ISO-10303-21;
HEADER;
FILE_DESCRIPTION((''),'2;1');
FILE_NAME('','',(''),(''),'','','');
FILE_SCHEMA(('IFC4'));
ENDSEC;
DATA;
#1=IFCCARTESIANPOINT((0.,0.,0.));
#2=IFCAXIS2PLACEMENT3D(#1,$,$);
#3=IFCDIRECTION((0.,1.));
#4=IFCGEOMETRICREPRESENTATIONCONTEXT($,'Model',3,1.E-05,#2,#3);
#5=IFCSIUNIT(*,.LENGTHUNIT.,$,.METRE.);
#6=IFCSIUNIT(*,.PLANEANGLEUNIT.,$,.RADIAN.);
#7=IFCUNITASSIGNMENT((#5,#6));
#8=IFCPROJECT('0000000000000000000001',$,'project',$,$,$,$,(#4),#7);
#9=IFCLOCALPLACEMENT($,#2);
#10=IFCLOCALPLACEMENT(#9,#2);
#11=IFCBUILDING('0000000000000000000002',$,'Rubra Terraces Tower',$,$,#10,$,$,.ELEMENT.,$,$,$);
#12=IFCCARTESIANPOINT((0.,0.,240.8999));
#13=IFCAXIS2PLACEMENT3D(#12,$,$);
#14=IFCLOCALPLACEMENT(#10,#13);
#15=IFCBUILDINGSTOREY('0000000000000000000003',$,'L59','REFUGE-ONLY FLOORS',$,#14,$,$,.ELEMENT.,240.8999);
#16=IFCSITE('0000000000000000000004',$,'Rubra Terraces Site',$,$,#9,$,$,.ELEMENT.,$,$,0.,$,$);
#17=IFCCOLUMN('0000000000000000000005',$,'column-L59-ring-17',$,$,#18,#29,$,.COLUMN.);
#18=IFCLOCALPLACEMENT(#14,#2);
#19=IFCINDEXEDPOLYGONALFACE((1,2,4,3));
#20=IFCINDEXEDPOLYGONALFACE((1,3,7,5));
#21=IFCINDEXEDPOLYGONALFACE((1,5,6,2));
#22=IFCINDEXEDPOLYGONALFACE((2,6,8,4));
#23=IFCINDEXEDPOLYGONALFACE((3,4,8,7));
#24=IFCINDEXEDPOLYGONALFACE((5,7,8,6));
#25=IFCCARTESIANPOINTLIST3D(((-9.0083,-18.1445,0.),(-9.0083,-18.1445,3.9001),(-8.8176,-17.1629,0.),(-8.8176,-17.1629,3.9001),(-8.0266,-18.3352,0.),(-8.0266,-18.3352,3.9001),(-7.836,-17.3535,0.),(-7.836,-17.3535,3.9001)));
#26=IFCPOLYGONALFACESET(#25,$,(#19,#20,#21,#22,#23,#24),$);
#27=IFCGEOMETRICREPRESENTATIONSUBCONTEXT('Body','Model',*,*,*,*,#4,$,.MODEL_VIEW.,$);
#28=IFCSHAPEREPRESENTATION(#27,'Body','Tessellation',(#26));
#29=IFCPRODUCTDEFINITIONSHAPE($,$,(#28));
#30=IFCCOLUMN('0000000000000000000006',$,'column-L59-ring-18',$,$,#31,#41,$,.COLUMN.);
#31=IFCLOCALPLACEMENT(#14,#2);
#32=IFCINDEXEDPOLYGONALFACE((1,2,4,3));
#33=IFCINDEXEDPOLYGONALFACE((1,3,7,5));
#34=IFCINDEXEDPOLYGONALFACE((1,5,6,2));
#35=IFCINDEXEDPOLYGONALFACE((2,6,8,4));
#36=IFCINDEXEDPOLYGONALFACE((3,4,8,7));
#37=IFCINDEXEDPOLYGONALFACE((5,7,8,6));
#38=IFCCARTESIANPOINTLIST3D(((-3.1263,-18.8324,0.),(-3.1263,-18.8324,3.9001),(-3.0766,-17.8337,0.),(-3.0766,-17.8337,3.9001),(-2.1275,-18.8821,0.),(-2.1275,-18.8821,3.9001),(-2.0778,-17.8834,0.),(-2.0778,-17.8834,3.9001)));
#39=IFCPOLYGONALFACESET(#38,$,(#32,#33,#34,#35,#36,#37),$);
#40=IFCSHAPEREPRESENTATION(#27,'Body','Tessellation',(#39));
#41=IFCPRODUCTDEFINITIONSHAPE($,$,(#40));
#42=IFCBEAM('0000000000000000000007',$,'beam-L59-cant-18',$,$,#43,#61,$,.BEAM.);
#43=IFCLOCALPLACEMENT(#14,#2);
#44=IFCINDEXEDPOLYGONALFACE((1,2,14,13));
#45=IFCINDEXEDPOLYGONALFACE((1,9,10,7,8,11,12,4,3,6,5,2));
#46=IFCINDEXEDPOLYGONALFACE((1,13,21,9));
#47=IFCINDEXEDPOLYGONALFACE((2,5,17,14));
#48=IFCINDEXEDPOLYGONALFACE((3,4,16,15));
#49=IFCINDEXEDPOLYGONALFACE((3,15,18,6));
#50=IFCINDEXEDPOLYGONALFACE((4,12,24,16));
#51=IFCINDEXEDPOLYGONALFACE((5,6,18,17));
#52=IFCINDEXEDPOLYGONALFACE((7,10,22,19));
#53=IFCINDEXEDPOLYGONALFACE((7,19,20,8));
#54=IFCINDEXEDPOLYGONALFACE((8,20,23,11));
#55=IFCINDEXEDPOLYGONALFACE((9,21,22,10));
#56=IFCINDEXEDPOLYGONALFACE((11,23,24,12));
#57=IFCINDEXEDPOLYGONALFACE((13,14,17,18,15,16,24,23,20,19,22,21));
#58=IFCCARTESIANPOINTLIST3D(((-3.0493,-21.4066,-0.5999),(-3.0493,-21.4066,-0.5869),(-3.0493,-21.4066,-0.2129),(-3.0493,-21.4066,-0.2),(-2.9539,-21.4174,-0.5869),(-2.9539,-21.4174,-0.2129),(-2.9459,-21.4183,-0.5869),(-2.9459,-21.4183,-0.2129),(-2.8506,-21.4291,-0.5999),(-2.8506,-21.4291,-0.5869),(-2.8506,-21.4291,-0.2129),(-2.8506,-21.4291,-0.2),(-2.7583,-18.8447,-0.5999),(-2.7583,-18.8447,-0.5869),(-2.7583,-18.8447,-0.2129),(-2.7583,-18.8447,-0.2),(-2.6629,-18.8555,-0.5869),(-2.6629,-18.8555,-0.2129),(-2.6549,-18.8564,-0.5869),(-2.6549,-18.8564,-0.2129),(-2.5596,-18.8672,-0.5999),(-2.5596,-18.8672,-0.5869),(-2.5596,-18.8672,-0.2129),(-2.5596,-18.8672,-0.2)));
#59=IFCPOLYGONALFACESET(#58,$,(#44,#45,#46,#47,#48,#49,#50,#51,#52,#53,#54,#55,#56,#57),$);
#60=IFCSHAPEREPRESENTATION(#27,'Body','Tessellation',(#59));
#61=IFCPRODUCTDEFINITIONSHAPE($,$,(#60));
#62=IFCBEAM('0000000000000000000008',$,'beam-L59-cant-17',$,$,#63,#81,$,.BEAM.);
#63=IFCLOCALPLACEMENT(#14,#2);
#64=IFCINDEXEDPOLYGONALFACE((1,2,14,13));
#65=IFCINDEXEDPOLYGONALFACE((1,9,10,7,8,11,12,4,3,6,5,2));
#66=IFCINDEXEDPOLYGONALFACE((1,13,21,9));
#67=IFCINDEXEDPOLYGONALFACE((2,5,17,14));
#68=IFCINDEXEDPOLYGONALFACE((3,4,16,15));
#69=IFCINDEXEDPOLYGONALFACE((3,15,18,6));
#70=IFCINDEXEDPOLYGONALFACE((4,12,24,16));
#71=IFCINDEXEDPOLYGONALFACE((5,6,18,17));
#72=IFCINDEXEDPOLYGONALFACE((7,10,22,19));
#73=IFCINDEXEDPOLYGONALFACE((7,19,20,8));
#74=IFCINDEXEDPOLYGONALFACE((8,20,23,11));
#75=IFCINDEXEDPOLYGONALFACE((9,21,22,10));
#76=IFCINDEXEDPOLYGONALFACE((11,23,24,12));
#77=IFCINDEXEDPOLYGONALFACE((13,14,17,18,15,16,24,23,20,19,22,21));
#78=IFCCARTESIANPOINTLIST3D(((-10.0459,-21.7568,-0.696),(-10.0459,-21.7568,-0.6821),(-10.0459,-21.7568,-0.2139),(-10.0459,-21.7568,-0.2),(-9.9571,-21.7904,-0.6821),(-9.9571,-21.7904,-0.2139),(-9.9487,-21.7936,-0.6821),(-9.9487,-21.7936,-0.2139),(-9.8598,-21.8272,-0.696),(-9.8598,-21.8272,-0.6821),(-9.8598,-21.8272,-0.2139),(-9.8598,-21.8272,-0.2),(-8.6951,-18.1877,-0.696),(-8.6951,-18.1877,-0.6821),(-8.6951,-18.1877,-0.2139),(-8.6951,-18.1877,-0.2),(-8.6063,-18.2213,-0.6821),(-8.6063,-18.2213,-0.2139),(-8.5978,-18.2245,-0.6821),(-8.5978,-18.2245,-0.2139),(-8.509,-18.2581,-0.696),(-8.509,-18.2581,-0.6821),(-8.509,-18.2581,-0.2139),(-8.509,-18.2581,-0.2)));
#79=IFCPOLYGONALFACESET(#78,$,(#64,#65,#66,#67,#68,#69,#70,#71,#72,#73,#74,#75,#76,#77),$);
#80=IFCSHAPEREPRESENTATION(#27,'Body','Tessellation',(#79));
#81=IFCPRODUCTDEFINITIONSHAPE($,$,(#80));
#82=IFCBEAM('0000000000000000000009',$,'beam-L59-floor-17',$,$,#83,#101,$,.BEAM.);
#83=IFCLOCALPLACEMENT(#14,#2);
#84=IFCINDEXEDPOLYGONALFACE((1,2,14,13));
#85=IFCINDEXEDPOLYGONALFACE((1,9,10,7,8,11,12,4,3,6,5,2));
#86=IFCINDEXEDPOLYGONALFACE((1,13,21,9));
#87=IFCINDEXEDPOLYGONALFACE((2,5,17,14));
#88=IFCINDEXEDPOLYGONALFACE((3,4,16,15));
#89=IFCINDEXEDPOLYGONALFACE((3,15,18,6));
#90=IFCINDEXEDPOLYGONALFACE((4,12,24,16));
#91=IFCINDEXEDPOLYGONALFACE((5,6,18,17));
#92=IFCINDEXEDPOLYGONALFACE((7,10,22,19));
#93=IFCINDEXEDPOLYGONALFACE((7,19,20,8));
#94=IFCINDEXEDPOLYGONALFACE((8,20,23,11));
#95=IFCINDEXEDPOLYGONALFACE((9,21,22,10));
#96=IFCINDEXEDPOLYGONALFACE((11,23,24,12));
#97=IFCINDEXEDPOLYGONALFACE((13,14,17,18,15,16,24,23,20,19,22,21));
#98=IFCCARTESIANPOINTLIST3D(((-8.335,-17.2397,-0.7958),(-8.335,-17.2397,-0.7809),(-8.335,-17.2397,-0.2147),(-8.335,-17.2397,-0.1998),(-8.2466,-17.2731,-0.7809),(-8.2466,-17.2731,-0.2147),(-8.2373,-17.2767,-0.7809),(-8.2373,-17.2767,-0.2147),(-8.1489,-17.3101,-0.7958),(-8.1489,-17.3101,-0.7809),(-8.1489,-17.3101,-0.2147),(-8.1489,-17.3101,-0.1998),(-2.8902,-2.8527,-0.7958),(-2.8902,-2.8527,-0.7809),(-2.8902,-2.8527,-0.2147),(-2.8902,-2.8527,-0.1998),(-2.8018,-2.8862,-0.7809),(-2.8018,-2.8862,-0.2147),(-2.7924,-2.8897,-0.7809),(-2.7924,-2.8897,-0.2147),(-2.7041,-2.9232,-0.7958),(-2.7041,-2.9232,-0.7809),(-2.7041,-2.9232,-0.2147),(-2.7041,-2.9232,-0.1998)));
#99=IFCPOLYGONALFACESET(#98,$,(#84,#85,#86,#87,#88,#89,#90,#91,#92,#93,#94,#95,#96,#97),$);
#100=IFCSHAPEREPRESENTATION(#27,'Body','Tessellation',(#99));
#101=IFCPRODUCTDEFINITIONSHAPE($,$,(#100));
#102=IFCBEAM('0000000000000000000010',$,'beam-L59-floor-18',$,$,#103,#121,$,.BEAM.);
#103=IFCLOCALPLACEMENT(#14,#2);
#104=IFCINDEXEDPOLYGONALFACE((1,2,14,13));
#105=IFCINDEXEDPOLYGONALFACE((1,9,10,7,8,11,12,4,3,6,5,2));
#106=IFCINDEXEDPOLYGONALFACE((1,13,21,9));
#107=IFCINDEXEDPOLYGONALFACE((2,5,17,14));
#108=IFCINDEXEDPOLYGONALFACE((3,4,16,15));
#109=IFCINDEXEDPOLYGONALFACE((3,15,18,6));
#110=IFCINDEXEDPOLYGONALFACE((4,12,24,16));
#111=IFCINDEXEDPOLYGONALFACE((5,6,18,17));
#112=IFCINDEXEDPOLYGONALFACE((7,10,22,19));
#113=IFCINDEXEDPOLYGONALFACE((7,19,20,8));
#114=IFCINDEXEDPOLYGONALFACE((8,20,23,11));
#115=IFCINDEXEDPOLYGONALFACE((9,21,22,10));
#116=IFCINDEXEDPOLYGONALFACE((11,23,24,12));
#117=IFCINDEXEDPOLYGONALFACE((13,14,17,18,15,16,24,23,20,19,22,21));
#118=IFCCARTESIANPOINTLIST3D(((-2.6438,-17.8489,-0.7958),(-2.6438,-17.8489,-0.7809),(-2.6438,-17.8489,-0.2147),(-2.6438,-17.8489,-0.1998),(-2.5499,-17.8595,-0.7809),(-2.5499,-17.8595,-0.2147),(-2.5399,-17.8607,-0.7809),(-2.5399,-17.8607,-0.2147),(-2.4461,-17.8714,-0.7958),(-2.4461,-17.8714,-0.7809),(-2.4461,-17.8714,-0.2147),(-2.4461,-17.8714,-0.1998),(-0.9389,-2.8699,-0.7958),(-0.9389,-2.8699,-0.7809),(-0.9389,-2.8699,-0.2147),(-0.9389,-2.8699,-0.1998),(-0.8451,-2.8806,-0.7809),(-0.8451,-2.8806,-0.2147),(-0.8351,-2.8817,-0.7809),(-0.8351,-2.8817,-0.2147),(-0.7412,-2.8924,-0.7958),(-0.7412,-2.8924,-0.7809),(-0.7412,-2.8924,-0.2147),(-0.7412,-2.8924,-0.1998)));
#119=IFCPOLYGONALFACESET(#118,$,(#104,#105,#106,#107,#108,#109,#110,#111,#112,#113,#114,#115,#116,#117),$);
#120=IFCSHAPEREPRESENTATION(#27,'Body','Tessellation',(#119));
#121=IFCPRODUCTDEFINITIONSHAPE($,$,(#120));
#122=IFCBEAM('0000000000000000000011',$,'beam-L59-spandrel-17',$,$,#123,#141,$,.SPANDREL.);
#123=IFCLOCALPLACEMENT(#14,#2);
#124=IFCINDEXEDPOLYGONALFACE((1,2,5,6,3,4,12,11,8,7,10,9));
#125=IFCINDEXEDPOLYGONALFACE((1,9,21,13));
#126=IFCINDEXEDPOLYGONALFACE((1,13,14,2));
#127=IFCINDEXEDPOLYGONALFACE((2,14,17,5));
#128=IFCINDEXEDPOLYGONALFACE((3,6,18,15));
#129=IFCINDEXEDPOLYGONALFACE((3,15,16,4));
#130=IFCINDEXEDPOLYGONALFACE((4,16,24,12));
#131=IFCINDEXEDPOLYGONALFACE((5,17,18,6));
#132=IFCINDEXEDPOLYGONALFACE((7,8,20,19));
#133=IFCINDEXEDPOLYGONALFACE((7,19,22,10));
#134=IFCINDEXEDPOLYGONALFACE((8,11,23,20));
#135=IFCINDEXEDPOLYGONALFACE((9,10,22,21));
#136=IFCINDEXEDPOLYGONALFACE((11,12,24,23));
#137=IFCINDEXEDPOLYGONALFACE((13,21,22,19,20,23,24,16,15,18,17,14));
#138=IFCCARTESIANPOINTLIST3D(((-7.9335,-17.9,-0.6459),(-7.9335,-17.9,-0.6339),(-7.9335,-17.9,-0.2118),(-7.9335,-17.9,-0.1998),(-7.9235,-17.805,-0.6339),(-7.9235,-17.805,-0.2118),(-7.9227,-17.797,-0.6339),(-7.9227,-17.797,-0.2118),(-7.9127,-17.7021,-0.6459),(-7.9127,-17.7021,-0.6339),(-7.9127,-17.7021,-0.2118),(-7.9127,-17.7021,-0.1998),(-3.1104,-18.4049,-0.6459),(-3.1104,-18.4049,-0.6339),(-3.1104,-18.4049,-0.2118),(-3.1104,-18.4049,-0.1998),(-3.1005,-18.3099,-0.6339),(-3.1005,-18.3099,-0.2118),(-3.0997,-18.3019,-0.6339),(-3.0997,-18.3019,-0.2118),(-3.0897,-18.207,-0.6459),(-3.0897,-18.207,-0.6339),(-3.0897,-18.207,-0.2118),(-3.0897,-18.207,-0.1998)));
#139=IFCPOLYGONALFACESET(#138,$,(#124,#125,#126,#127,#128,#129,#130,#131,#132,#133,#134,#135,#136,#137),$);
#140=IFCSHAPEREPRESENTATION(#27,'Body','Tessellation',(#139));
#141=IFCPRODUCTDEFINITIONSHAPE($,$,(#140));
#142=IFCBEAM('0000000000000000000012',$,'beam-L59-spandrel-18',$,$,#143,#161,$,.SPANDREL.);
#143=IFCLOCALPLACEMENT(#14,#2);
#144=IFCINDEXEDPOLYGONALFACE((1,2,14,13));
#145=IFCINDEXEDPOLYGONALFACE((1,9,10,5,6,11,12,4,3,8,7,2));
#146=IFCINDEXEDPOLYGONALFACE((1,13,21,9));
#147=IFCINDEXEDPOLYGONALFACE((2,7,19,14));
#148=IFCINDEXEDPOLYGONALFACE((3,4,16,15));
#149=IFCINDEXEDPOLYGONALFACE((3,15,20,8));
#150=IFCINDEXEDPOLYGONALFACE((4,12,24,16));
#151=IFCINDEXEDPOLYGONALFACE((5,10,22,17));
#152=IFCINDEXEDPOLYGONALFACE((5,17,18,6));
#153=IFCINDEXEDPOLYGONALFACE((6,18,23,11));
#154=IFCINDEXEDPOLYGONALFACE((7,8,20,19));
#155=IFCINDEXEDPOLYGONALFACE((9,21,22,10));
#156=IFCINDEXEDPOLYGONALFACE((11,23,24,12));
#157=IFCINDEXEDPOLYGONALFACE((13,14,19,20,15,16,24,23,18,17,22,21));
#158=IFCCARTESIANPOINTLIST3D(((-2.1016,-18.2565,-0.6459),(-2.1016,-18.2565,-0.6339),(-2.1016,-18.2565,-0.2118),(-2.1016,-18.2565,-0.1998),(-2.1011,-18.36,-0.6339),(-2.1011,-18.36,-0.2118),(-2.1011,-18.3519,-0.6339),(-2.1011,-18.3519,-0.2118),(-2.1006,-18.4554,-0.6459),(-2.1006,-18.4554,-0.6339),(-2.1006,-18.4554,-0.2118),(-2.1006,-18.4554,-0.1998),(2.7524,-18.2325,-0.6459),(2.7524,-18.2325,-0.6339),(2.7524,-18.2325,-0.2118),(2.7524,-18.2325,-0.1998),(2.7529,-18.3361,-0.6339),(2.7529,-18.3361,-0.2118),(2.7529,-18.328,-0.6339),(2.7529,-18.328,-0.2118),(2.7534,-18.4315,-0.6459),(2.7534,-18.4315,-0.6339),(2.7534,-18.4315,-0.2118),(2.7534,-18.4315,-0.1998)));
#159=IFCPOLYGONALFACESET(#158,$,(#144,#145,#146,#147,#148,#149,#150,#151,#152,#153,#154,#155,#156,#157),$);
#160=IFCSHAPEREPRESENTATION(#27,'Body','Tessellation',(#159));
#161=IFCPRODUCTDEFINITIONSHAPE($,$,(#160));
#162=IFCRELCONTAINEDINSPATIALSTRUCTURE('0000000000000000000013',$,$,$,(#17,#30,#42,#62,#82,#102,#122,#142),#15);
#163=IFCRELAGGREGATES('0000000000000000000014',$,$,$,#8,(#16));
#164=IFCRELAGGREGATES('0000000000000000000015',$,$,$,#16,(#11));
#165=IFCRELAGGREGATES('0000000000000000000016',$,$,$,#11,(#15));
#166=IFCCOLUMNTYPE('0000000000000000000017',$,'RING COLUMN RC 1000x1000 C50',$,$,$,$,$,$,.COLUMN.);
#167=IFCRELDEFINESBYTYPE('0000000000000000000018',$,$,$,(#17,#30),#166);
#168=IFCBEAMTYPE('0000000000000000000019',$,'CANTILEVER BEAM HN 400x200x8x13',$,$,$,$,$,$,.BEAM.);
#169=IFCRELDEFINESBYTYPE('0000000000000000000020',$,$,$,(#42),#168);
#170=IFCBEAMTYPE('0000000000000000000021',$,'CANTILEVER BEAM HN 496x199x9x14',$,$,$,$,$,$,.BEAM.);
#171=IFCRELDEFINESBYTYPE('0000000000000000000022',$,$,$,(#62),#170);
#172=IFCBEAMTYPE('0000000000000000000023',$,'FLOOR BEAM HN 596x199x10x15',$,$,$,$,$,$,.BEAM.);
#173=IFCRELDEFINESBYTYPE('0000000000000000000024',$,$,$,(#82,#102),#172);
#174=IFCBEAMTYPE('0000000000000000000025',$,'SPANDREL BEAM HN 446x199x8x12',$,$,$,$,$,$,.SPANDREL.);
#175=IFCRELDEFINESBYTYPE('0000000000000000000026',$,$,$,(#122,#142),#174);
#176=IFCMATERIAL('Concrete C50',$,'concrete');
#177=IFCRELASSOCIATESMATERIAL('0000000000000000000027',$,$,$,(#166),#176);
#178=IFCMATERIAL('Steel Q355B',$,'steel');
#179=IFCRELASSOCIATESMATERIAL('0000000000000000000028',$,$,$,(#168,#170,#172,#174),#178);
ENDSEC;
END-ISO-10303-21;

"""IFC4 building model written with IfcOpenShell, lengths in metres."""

from ifc_helpers import new_model, si_unit, direction, frame, origin, origin_2d, place, context, subcontext, project, spatial, rectangle, i_section, extrude, material, material_profile, profile_set, type_object, element, save


model = new_model("IFC4")

# Units and contexts
model_context = context("Model", 3, precision=1e-05, world=origin(), true_north=direction((0.0, 1.0)))
body_context = subcontext(model_context, "Body", "Model", "MODEL_VIEW")
ifc_project = project(units=[si_unit("LENGTHUNIT", "METRE"), si_unit("PLANEANGLEUNIT", "RADIAN")], contexts=[model_context])

# Site, building, storey
site_placement = place(None, origin())
site = spatial("IfcSite", under=ifc_project, at=site_placement, Name="Rubra Terraces Site", CompositionType="ELEMENT", RefElevation=0.0)
building_placement = place(site_placement, origin())
building = spatial("IfcBuilding", under=site, at=building_placement, Name="Rubra Terraces Tower", CompositionType="ELEMENT")
storey_placement = place(building_placement, frame((0.0, 0.0, 240.8999)))
storey = spatial("IfcBuildingStorey", under=building, at=storey_placement, Name="L59", Description="REFUGE-ONLY FLOORS", CompositionType="ELEMENT", Elevation=240.8999)

# Columns
ifc_material_1 = material(Name="Concrete C50", Category="concrete")
ifc_material_profile_1 = material_profile(ifc_material_1, rectangle(XDim=1.0, YDim=1.0, at=origin_2d()), Name="RC 1000x1000")
ifc_profile_set_1 = profile_set([ifc_material_profile_1], Name="Concrete C50")
column_type = type_object("IfcColumnType", Name="RING COLUMN RC 1000x1000 C50", PredefinedType="COLUMN", material=ifc_profile_set_1)
for number, where, z_axis, x_axis, name in (
    (1, (-8.4221, -17.749, 0.0), (0.0, 0.0, 1.0), (0.981655, -0.190668, 0.0), "column-L59-ring-17"),
    (2, (-2.6021, -18.3579, 0.0), (0.0, 0.0, 1.0), (0.998764, -0.049699, 0.0), "column-L59-ring-18"),
):
    element("IfcColumn", number, at=place(storey_placement, frame(where, z_axis=z_axis, x_axis=x_axis)), inside=storey, type_object=column_type, Name=name, PredefinedType="COLUMN", context=body_context, shape_type="SweptSolid", body=[
        extrude(rectangle(XDim=1.0, YDim=1.0, at=origin_2d()), origin(), (0.0, 0.0, 1.0), 3.9001),
    ])

# Beams
ifc_material_2 = material(Name="Steel Q355B", Category="steel")
ifc_material_profile_2 = material_profile(ifc_material_2, i_section(OverallWidth=0.2, OverallDepth=0.3999, WebThickness=0.0081, FlangeThickness=0.0129, at=origin_2d()), Name="HN 400x200x8x13")
ifc_profile_set_2 = profile_set([ifc_material_profile_2], Name="Steel Q355B")
beam_type_1 = type_object("IfcBeamType", Name="CANTILEVER BEAM HN 400x200x8x13", PredefinedType="BEAM", material=ifc_profile_set_2)
beam_1_placement = place(storey_placement, frame((-2.6589, -18.856, -0.3999), z_axis=(-0.112863, -0.993611, 0.0), x_axis=(0.993611, -0.112863, 0.0)))
element("IfcBeam", 3, at=beam_1_placement, inside=storey, type_object=beam_type_1, Name="beam-L59-cant-18", PredefinedType="BEAM", context=body_context, shape_type="SweptSolid", body=[
    extrude(i_section(OverallWidth=0.2, OverallDepth=0.3999, WebThickness=0.0081, FlangeThickness=0.0129, at=origin_2d()), origin(), (0.0, 0.0, 1.0), 2.5784),
])
ifc_material_profile_3 = material_profile(ifc_material_2, i_section(OverallWidth=0.199, OverallDepth=0.4961, WebThickness=0.009, FlangeThickness=0.0139, at=origin_2d()), Name="HN 496x199x9x14")
ifc_profile_set_3 = profile_set([ifc_material_profile_3], Name="Steel Q355B")
beam_type_2 = type_object("IfcBeamType", Name="CANTILEVER BEAM HN 496x199x9x14", PredefinedType="BEAM", material=ifc_profile_set_3)
beam_2_placement = place(storey_placement, frame((-8.6021, -18.2229, -0.448), z_axis=(-0.353975, -0.935255, 0.0), x_axis=(0.935255, -0.353975, 0.0)))
element("IfcBeam", 4, at=beam_2_placement, inside=storey, type_object=beam_type_2, Name="beam-L59-cant-17", PredefinedType="BEAM", context=body_context, shape_type="SweptSolid", body=[
    extrude(i_section(OverallWidth=0.199, OverallDepth=0.4961, WebThickness=0.009, FlangeThickness=0.0139, at=origin_2d()), origin(), (0.0, 0.0, 1.0), 3.8162),
])
ifc_material_profile_4 = material_profile(ifc_material_2, i_section(OverallWidth=0.199, OverallDepth=0.5959, WebThickness=0.01, FlangeThickness=0.0149, at=origin_2d()), Name="HN 596x199x10x15")
ifc_profile_set_4 = profile_set([ifc_material_profile_4], Name="Steel Q355B")
beam_type_3 = type_object("IfcBeamType", Name="FLOOR BEAM HN 596x199x10x15", PredefinedType="BEAM", material=ifc_profile_set_4)
beam_3_placement = place(storey_placement, frame((-8.2419, -17.2749, -0.4978), z_axis=(0.353955, 0.935262, 0.0), x_axis=(-0.935262, 0.353955, 0.0)))
element("IfcBeam", 5, at=beam_3_placement, inside=storey, type_object=beam_type_3, Name="beam-L59-floor-17", PredefinedType="BEAM", context=body_context, shape_type="SweptSolid", body=[
    extrude(i_section(OverallWidth=0.199, OverallDepth=0.5959, WebThickness=0.01, FlangeThickness=0.0149, at=origin_2d()), origin(), (0.0, 0.0, 1.0), 15.3828),
])
beam_4_placement = place(storey_placement, frame((-2.5449, -17.8601, -0.4978), z_axis=(0.113085, 0.993585, 0.0), x_axis=(-0.993585, 0.113085, 0.0)))
element("IfcBeam", 6, at=beam_4_placement, inside=storey, type_object=beam_type_3, Name="beam-L59-floor-18", PredefinedType="BEAM", context=body_context, shape_type="SweptSolid", body=[
    extrude(i_section(OverallWidth=0.199, OverallDepth=0.5959, WebThickness=0.01, FlangeThickness=0.0149, at=origin_2d()), origin(), (0.0, 0.0, 1.0), 15.0757),
])
ifc_material_profile_5 = material_profile(ifc_material_2, i_section(OverallWidth=0.199, OverallDepth=0.446, WebThickness=0.0081, FlangeThickness=0.012, at=origin_2d()), Name="HN 446x199x8x12")
ifc_profile_set_5 = profile_set([ifc_material_profile_5], Name="Steel Q355B")
beam_type_4 = type_object("IfcBeamType", Name="SPANDREL BEAM HN 446x199x8x12", PredefinedType="SPANDREL", material=ifc_profile_set_5)
beam_5_placement = place(storey_placement, frame((-7.9231, -17.801, -0.4229), z_axis=(0.994565, -0.104113, 0.0), x_axis=(0.104113, 0.994565, 0.0)))
element("IfcBeam", 7, at=beam_5_placement, inside=storey, type_object=beam_type_4, Name="beam-L59-spandrel-17", PredefinedType="SPANDREL", context=body_context, shape_type="SweptSolid", body=[
    extrude(i_section(OverallWidth=0.199, OverallDepth=0.446, WebThickness=0.0081, FlangeThickness=0.012, at=origin_2d()), origin(), (0.0, 0.0, 1.0), 4.8494),
])
beam_6_placement = place(storey_placement, frame((-2.1011, -18.356, -0.4229), z_axis=(0.999988, 0.004929, 0.0), x_axis=(-0.004929, 0.999988, 0.0)))
element("IfcBeam", 8, at=beam_6_placement, inside=storey, type_object=beam_type_4, Name="beam-L59-spandrel-18", PredefinedType="SPANDREL", context=body_context, shape_type="SweptSolid", body=[
    extrude(i_section(OverallWidth=0.199, OverallDepth=0.446, WebThickness=0.0081, FlangeThickness=0.012, at=origin_2d()), origin(), (0.0, 0.0, 1.0), 4.854),
])

save(model, "model.ifc")
